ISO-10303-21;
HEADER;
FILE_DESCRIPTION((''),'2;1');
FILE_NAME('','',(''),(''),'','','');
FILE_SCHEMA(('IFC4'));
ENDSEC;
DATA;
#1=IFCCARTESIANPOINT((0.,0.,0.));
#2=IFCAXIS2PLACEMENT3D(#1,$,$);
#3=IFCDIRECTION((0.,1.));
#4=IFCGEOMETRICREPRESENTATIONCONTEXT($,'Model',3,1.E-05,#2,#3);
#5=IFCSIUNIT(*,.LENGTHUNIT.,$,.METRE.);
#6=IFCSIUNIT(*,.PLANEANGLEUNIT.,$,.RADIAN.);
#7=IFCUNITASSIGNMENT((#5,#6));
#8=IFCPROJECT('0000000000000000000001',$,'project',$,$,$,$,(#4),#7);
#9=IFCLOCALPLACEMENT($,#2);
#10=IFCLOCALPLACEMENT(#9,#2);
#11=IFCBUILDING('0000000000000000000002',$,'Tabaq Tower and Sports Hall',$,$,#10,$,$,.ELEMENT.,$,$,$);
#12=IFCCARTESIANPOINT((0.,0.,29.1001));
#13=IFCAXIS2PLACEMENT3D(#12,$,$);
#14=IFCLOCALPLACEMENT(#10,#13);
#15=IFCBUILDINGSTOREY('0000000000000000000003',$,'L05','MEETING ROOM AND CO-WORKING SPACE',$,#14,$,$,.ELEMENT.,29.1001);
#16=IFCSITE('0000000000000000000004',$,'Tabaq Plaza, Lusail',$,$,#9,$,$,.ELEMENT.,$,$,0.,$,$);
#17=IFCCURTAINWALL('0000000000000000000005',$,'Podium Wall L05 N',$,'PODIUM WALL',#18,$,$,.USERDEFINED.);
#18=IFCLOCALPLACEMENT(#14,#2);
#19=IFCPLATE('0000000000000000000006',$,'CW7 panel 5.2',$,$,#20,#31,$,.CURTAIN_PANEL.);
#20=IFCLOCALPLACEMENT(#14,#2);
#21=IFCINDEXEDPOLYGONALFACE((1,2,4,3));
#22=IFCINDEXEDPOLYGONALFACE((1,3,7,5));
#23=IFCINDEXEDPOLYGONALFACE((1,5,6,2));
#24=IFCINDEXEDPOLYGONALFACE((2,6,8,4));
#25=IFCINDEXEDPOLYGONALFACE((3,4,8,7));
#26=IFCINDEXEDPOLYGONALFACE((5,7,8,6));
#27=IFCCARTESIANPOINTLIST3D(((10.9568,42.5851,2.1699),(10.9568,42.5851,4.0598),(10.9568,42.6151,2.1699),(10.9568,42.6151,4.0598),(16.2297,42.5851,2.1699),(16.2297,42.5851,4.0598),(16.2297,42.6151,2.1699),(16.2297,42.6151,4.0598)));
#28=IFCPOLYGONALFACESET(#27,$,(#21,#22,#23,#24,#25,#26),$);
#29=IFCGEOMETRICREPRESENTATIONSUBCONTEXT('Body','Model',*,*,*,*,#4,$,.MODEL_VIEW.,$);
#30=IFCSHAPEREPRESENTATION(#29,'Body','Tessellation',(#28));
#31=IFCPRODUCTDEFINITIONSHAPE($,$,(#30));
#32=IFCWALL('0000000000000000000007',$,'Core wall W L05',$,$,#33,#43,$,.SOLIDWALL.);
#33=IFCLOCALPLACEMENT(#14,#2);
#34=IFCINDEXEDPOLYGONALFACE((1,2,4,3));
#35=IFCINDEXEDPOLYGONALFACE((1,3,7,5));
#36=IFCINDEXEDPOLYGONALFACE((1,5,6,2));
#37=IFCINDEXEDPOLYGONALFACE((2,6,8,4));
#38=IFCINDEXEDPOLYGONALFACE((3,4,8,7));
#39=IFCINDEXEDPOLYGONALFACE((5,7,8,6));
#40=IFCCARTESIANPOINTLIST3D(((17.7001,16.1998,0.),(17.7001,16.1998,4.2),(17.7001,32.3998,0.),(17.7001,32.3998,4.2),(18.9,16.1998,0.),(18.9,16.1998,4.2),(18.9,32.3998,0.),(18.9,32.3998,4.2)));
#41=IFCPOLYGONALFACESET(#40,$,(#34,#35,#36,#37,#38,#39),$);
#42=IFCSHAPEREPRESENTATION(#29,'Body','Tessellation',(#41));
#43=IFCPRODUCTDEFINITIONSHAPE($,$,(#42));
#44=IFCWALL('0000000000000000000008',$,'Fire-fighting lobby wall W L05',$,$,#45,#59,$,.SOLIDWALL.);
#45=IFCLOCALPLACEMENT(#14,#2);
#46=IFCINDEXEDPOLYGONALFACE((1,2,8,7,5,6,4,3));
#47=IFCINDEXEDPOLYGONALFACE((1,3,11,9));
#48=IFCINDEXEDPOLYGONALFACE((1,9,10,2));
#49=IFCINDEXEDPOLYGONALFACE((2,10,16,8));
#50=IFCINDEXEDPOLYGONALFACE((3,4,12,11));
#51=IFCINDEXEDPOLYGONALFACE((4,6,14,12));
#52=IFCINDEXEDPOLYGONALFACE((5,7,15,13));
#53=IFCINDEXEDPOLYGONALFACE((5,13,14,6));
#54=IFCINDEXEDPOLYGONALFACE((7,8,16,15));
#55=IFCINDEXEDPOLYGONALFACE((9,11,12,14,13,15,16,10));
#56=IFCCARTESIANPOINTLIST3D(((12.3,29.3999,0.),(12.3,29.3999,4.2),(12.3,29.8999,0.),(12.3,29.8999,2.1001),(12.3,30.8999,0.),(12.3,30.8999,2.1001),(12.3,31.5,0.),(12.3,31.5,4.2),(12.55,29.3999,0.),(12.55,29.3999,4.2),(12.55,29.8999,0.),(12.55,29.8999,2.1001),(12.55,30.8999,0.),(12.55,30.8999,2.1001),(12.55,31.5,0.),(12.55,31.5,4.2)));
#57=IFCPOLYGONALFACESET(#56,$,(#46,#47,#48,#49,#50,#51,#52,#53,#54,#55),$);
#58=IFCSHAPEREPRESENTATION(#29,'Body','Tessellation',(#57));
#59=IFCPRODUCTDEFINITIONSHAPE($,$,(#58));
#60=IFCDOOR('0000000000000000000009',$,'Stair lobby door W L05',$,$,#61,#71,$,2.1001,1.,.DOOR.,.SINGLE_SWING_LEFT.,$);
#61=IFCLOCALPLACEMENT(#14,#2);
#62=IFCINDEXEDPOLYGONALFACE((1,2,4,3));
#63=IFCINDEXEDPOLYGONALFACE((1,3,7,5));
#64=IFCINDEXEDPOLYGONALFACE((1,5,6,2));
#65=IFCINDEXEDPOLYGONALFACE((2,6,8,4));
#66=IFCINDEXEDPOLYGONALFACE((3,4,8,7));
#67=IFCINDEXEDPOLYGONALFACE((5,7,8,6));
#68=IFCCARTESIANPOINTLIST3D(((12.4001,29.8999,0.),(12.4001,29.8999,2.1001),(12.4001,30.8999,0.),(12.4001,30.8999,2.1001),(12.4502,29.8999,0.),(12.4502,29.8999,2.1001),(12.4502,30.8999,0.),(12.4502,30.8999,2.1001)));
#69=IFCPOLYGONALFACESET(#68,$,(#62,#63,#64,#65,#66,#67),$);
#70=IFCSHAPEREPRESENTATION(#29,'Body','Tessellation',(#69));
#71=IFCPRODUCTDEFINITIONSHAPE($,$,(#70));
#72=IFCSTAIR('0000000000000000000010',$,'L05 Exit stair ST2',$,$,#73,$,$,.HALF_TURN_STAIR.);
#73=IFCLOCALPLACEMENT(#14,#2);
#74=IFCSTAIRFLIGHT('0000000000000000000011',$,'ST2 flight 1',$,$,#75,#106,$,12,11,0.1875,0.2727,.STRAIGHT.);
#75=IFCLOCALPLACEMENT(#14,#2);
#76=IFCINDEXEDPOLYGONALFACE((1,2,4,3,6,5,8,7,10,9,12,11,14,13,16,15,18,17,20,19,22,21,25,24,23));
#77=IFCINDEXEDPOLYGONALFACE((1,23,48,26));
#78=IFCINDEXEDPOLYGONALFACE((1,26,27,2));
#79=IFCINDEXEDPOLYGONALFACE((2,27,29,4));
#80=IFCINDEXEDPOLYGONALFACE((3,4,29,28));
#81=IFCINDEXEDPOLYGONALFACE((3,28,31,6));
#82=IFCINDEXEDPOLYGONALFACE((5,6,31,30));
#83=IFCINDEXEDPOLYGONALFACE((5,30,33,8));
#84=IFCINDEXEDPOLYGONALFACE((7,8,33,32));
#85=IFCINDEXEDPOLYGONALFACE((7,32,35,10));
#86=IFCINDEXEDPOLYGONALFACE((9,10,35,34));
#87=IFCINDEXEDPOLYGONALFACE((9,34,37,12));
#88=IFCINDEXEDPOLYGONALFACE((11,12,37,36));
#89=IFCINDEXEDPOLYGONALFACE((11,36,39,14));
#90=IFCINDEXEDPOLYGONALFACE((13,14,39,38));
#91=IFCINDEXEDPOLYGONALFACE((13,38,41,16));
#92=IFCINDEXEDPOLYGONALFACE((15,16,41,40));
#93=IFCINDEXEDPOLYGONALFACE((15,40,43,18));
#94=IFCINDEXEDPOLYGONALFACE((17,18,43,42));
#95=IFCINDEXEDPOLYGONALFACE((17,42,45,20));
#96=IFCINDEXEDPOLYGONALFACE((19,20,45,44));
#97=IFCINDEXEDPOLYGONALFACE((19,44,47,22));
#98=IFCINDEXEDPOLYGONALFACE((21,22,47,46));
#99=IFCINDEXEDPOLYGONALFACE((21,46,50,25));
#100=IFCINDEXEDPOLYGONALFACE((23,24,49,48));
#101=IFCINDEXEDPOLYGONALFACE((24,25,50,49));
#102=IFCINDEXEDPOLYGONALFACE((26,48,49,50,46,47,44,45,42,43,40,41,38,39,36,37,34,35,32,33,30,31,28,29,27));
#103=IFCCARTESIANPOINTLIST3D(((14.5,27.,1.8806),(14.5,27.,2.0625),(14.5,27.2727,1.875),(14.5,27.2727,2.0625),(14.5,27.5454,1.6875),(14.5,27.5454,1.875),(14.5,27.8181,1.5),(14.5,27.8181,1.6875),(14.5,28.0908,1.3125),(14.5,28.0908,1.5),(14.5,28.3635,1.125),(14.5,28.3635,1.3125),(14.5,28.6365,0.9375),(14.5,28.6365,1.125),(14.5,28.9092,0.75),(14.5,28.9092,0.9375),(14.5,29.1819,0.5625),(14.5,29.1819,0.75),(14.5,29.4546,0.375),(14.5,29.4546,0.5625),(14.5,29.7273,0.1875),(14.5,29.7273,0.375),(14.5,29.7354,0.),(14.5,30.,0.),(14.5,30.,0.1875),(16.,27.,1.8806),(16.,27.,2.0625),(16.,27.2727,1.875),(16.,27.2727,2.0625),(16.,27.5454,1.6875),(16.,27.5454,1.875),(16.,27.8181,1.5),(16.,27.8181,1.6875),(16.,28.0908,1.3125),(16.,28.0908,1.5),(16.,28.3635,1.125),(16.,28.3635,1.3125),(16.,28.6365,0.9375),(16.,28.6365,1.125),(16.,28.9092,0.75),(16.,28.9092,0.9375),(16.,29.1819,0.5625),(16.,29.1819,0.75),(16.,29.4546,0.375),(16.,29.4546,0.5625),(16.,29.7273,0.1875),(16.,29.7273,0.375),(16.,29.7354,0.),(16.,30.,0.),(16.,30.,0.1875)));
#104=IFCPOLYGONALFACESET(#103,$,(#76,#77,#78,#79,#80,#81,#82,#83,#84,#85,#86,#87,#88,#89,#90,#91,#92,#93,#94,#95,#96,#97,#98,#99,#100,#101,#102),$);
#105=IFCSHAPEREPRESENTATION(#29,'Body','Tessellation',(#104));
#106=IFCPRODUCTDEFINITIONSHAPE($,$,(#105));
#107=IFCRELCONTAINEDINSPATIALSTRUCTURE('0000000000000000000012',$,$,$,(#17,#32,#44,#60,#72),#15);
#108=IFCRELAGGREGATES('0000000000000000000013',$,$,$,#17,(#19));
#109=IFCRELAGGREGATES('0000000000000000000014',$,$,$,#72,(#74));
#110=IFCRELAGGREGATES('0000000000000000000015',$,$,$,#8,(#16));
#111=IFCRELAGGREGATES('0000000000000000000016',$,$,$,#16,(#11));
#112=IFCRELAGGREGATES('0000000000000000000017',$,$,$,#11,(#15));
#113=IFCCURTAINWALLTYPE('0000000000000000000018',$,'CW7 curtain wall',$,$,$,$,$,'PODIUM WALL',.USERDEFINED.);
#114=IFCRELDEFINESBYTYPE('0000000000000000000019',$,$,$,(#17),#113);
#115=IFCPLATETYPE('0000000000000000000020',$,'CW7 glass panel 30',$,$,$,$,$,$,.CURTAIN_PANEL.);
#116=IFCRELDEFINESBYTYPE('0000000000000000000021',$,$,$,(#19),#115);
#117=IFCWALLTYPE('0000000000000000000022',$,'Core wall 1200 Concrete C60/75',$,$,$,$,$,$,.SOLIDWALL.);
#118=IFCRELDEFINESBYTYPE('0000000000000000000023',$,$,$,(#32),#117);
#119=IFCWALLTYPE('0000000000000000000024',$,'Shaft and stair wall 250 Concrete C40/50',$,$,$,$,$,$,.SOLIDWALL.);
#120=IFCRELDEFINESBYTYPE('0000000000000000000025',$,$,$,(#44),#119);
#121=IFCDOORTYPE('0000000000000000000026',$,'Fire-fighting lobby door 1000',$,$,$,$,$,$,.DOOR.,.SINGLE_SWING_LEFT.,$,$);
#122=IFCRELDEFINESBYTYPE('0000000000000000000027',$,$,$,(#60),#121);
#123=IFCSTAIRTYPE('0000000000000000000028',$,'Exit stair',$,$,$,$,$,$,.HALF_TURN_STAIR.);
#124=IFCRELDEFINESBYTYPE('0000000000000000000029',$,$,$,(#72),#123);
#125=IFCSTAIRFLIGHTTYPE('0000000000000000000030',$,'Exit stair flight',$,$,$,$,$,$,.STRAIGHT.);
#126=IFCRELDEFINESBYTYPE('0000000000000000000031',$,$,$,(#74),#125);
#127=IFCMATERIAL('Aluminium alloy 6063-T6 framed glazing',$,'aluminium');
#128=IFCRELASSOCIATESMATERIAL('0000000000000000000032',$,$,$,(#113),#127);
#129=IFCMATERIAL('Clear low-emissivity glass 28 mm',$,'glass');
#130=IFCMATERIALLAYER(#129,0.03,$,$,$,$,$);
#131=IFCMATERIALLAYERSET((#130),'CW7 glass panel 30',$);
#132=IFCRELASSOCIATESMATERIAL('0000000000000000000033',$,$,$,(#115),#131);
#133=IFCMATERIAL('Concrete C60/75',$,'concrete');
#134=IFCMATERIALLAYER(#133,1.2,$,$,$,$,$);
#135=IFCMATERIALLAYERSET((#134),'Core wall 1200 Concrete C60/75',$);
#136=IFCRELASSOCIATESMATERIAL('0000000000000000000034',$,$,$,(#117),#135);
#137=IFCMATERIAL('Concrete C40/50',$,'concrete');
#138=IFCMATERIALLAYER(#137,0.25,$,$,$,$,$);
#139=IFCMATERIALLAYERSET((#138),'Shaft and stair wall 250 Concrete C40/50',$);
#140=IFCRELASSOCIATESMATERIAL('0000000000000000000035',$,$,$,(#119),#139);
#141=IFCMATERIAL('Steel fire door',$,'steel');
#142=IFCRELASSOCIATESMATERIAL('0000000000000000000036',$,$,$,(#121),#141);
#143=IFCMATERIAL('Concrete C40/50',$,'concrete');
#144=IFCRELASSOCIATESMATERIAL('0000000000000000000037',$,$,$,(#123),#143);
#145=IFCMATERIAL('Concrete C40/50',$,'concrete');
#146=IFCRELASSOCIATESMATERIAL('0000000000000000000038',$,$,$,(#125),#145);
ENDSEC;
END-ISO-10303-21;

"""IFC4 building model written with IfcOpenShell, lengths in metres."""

from ifc_helpers import new_model, si_unit, direction, frame, frame_2d, origin, origin_2d, place, context, subcontext, project, spatial, polyline, rectangle, outline, extrude, material, layer, layer_set, type_object, element, fill, aggregate, save


model = new_model("IFC4")

# Units and contexts
model_context = context("Model", 3, precision=1e-05, world=origin(), true_north=direction((0.0, 1.0)))
body_context = subcontext(model_context, "Body", "Model", "MODEL_VIEW")
ifc_project = project(units=[si_unit("LENGTHUNIT", "METRE"), si_unit("PLANEANGLEUNIT", "RADIAN")], contexts=[model_context])

# Site, building, storey
site_placement = place(None, origin())
site = spatial("IfcSite", under=ifc_project, at=site_placement, Name="Tabaq Plaza, Lusail", CompositionType="ELEMENT", RefElevation=0.0)
building_placement = place(site_placement, origin())
building = spatial("IfcBuilding", under=site, at=building_placement, Name="Tabaq Tower and Sports Hall", CompositionType="ELEMENT")
storey_placement = place(building_placement, frame((0.0, 0.0, 29.1001)))
storey = spatial("IfcBuildingStorey", under=building, at=storey_placement, Name="L05", Description="MEETING ROOM AND CO-WORKING SPACE", CompositionType="ELEMENT", Elevation=29.1001)

# Curtain wall, plate
ifc_material_1 = material(Name="Aluminium alloy 6063-T6 framed glazing", Category="aluminium")
curtain_wall_type_1 = type_object("IfcCurtainWallType", Name="CW7 curtain wall", ElementType="PODIUM WALL", PredefinedType="USERDEFINED", material=ifc_material_1)
curtain_wall_1_placement = place(storey_placement, origin())
curtain_wall_1 = element("IfcCurtainWall", 1, at=curtain_wall_1_placement, inside=storey, type_object=curtain_wall_type_1, Name="Podium Wall L05 N", ObjectType="PODIUM WALL", PredefinedType="USERDEFINED")
ifc_material_2 = material(Name="Clear low-emissivity glass 28 mm", Category="glass")
ifc_layer_1 = layer(ifc_material_2, 0.03)
ifc_layer_set_1 = layer_set([ifc_layer_1], Name="CW7 glass panel 30")
plate_type = type_object("IfcPlateType", Name="CW7 glass panel 30", PredefinedType="CURTAIN_PANEL", material=ifc_layer_set_1)
plate_1_placement = place(storey_placement, frame((13.5933, 42.6001, 2.1699), z_axis=(0.0, 0.0, 1.0), x_axis=(-1.0, 0.0, 0.0)))
plate_1 = element("IfcPlate", 2, at=plate_1_placement, type_object=plate_type, Name="CW7 panel 5.2", PredefinedType="CURTAIN_PANEL", context=body_context, shape_type="SweptSolid", body=[
    extrude(rectangle(XDim=5.2729, YDim=0.03, at=origin_2d()), origin(), (0.0, 0.0, 1.0), 1.8899),
])
aggregate(curtain_wall_1, [plate_1])

# Wall
ifc_material_3 = material(Name="Concrete C60/75", Category="concrete")
ifc_layer_2 = layer(ifc_material_3, 1.2)
ifc_layer_set_2 = layer_set([ifc_layer_2], Name="Core wall 1200 Concrete C60/75")
wall_type_1 = type_object("IfcWallType", Name="Core wall 1200 Concrete C60/75", PredefinedType="SOLIDWALL", material=ifc_layer_set_2)
wall_1_placement = place(storey_placement, frame((18.3, 32.3999, 0.0), z_axis=(0.0, 0.0, 1.0), x_axis=(0.0, -1.0, 0.0)))
element("IfcWall", 3, at=wall_1_placement, inside=storey, type_object=wall_type_1, Name="Core wall W L05", PredefinedType="SOLIDWALL", context=body_context, shape_type="SweptSolid", body=[
    extrude(rectangle(XDim=16.2, YDim=1.2, at=frame_2d((8.1001, 0.0))), origin(), (0.0, 0.0, 1.0), 4.2),
])

# Wall, opening, door
ifc_material_4 = material(Name="Concrete C40/50", Category="concrete")
ifc_layer_3 = layer(ifc_material_4, 0.25)
ifc_layer_set_3 = layer_set([ifc_layer_3], Name="Shaft and stair wall 250 Concrete C40/50")
wall_type_2 = type_object("IfcWallType", Name="Shaft and stair wall 250 Concrete C40/50", PredefinedType="SOLIDWALL", material=ifc_layer_set_3)
wall_2_placement = place(storey_placement, frame((12.425, 29.3999, 0.0), z_axis=(0.0, 0.0, 1.0), x_axis=(0.0, 1.0, 0.0)))
wall_2 = element("IfcWall", 4, at=wall_2_placement, inside=storey, type_object=wall_type_2, Name="Fire-fighting lobby wall W L05", PredefinedType="SOLIDWALL", context=body_context, shape_type="SweptSolid", body=[
    extrude(rectangle(XDim=2.1001, YDim=0.25, at=frame_2d((1.05, 0.0))), origin(), (0.0, 0.0, 1.0), 4.2),
])
opening_placement = place(wall_2_placement, frame((0.5, 0.0, 0.0)))
opening = element("IfcOpeningElement", 5, at=opening_placement, cuts=wall_2, PredefinedType="OPENING", context=body_context, shape_type="SweptSolid", body=[
    extrude(rectangle(XDim=1.0, YDim=2.1001, at=frame_2d((0.5, 1.05))), frame((0.0, 0.125, 0.0), z_axis=(0.0, -1.0, 0.0), x_axis=(1.0, 0.0, 0.0)), (0.0, 0.0, 1.0), 0.25),
])
ifc_material_5 = material(Name="Steel fire door", Category="steel")
door_type = type_object("IfcDoorType", Name="Fire-fighting lobby door 1000", OperationType="SINGLE_SWING_LEFT", PredefinedType="DOOR", material=ifc_material_5)
door_placement = place(opening_placement, origin())
door = element("IfcDoor", 6, at=door_placement, inside=storey, type_object=door_type, Name="Stair lobby door W L05", OperationType="SINGLE_SWING_LEFT", OverallHeight=2.1001, OverallWidth=1.0, PredefinedType="DOOR", context=body_context, shape_type="SweptSolid", body=[
    extrude(rectangle(XDim=1.0, YDim=2.1001, at=frame_2d((0.5, 1.05))), frame((0.0, 0.0249, 0.0), z_axis=(0.0, -1.0, 0.0), x_axis=(1.0, 0.0, 0.0)), (0.0, 0.0, 1.0), 0.05),
])
fill(opening, door)

# Stair, stair flight
ifc_material_6 = material(Name="Concrete C40/50", Category="concrete")
stair_type = type_object("IfcStairType", Name="Exit stair", PredefinedType="HALF_TURN_STAIR", material=ifc_material_6)
stair_placement = place(storey_placement, origin())
stair = element("IfcStair", 7, at=stair_placement, inside=storey, type_object=stair_type, Name="L05 Exit stair ST2", PredefinedType="HALF_TURN_STAIR")
ifc_material_7 = material(Name="Concrete C40/50", Category="concrete")
stair_flight_type = type_object("IfcStairFlightType", Name="Exit stair flight", PredefinedType="STRAIGHT", material=ifc_material_7)
stair_flight_placement = place(storey_placement, frame((15.25, 30.0, 0.0), z_axis=(0.0, 0.0, 1.0), x_axis=(0.0, -1.0, 0.0)))
stair_flight = element("IfcStairFlight", 8, at=stair_flight_placement, type_object=stair_flight_type, Name="ST2 flight 1", NumberOfRisers=12, NumberOfTreads=11, PredefinedType="STRAIGHT", RiserHeight=0.1875, TreadLength=0.2727, context=body_context, shape_type="SweptSolid", body=[
    extrude(outline(polyline([(0.0, 0.0), (0.0, 0.1875), (0.2727, 0.1875), (0.2727, 0.375), (0.5454, 0.375), (0.5454, 0.5625), (0.8181, 0.5625), (0.8181, 0.75), (1.0908, 0.75), (1.0908, 0.9375), (1.3635, 0.9375), (1.3635, 1.125), (1.6365, 1.125), (1.6365, 1.3125), (1.9092, 1.3125), (1.9092, 1.5), (2.1819, 1.5), (2.1819, 1.6875), (2.4546, 1.6875), (2.4546, 1.875), (2.7273, 1.875), (2.7273, 2.0625), (3.0, 2.0625), (3.0, 2.25), (3.0, 1.8806), (0.2646, 0.0), (0.0, 0.0)])), frame((0.0, 0.75, 0.0), z_axis=(0.0, -1.0, 0.0), x_axis=(1.0, 0.0, 0.0)), (0.0, 0.0, 1.0), 1.5),
])
aggregate(stair, [stair_flight])

save(model, "model.ifc")
